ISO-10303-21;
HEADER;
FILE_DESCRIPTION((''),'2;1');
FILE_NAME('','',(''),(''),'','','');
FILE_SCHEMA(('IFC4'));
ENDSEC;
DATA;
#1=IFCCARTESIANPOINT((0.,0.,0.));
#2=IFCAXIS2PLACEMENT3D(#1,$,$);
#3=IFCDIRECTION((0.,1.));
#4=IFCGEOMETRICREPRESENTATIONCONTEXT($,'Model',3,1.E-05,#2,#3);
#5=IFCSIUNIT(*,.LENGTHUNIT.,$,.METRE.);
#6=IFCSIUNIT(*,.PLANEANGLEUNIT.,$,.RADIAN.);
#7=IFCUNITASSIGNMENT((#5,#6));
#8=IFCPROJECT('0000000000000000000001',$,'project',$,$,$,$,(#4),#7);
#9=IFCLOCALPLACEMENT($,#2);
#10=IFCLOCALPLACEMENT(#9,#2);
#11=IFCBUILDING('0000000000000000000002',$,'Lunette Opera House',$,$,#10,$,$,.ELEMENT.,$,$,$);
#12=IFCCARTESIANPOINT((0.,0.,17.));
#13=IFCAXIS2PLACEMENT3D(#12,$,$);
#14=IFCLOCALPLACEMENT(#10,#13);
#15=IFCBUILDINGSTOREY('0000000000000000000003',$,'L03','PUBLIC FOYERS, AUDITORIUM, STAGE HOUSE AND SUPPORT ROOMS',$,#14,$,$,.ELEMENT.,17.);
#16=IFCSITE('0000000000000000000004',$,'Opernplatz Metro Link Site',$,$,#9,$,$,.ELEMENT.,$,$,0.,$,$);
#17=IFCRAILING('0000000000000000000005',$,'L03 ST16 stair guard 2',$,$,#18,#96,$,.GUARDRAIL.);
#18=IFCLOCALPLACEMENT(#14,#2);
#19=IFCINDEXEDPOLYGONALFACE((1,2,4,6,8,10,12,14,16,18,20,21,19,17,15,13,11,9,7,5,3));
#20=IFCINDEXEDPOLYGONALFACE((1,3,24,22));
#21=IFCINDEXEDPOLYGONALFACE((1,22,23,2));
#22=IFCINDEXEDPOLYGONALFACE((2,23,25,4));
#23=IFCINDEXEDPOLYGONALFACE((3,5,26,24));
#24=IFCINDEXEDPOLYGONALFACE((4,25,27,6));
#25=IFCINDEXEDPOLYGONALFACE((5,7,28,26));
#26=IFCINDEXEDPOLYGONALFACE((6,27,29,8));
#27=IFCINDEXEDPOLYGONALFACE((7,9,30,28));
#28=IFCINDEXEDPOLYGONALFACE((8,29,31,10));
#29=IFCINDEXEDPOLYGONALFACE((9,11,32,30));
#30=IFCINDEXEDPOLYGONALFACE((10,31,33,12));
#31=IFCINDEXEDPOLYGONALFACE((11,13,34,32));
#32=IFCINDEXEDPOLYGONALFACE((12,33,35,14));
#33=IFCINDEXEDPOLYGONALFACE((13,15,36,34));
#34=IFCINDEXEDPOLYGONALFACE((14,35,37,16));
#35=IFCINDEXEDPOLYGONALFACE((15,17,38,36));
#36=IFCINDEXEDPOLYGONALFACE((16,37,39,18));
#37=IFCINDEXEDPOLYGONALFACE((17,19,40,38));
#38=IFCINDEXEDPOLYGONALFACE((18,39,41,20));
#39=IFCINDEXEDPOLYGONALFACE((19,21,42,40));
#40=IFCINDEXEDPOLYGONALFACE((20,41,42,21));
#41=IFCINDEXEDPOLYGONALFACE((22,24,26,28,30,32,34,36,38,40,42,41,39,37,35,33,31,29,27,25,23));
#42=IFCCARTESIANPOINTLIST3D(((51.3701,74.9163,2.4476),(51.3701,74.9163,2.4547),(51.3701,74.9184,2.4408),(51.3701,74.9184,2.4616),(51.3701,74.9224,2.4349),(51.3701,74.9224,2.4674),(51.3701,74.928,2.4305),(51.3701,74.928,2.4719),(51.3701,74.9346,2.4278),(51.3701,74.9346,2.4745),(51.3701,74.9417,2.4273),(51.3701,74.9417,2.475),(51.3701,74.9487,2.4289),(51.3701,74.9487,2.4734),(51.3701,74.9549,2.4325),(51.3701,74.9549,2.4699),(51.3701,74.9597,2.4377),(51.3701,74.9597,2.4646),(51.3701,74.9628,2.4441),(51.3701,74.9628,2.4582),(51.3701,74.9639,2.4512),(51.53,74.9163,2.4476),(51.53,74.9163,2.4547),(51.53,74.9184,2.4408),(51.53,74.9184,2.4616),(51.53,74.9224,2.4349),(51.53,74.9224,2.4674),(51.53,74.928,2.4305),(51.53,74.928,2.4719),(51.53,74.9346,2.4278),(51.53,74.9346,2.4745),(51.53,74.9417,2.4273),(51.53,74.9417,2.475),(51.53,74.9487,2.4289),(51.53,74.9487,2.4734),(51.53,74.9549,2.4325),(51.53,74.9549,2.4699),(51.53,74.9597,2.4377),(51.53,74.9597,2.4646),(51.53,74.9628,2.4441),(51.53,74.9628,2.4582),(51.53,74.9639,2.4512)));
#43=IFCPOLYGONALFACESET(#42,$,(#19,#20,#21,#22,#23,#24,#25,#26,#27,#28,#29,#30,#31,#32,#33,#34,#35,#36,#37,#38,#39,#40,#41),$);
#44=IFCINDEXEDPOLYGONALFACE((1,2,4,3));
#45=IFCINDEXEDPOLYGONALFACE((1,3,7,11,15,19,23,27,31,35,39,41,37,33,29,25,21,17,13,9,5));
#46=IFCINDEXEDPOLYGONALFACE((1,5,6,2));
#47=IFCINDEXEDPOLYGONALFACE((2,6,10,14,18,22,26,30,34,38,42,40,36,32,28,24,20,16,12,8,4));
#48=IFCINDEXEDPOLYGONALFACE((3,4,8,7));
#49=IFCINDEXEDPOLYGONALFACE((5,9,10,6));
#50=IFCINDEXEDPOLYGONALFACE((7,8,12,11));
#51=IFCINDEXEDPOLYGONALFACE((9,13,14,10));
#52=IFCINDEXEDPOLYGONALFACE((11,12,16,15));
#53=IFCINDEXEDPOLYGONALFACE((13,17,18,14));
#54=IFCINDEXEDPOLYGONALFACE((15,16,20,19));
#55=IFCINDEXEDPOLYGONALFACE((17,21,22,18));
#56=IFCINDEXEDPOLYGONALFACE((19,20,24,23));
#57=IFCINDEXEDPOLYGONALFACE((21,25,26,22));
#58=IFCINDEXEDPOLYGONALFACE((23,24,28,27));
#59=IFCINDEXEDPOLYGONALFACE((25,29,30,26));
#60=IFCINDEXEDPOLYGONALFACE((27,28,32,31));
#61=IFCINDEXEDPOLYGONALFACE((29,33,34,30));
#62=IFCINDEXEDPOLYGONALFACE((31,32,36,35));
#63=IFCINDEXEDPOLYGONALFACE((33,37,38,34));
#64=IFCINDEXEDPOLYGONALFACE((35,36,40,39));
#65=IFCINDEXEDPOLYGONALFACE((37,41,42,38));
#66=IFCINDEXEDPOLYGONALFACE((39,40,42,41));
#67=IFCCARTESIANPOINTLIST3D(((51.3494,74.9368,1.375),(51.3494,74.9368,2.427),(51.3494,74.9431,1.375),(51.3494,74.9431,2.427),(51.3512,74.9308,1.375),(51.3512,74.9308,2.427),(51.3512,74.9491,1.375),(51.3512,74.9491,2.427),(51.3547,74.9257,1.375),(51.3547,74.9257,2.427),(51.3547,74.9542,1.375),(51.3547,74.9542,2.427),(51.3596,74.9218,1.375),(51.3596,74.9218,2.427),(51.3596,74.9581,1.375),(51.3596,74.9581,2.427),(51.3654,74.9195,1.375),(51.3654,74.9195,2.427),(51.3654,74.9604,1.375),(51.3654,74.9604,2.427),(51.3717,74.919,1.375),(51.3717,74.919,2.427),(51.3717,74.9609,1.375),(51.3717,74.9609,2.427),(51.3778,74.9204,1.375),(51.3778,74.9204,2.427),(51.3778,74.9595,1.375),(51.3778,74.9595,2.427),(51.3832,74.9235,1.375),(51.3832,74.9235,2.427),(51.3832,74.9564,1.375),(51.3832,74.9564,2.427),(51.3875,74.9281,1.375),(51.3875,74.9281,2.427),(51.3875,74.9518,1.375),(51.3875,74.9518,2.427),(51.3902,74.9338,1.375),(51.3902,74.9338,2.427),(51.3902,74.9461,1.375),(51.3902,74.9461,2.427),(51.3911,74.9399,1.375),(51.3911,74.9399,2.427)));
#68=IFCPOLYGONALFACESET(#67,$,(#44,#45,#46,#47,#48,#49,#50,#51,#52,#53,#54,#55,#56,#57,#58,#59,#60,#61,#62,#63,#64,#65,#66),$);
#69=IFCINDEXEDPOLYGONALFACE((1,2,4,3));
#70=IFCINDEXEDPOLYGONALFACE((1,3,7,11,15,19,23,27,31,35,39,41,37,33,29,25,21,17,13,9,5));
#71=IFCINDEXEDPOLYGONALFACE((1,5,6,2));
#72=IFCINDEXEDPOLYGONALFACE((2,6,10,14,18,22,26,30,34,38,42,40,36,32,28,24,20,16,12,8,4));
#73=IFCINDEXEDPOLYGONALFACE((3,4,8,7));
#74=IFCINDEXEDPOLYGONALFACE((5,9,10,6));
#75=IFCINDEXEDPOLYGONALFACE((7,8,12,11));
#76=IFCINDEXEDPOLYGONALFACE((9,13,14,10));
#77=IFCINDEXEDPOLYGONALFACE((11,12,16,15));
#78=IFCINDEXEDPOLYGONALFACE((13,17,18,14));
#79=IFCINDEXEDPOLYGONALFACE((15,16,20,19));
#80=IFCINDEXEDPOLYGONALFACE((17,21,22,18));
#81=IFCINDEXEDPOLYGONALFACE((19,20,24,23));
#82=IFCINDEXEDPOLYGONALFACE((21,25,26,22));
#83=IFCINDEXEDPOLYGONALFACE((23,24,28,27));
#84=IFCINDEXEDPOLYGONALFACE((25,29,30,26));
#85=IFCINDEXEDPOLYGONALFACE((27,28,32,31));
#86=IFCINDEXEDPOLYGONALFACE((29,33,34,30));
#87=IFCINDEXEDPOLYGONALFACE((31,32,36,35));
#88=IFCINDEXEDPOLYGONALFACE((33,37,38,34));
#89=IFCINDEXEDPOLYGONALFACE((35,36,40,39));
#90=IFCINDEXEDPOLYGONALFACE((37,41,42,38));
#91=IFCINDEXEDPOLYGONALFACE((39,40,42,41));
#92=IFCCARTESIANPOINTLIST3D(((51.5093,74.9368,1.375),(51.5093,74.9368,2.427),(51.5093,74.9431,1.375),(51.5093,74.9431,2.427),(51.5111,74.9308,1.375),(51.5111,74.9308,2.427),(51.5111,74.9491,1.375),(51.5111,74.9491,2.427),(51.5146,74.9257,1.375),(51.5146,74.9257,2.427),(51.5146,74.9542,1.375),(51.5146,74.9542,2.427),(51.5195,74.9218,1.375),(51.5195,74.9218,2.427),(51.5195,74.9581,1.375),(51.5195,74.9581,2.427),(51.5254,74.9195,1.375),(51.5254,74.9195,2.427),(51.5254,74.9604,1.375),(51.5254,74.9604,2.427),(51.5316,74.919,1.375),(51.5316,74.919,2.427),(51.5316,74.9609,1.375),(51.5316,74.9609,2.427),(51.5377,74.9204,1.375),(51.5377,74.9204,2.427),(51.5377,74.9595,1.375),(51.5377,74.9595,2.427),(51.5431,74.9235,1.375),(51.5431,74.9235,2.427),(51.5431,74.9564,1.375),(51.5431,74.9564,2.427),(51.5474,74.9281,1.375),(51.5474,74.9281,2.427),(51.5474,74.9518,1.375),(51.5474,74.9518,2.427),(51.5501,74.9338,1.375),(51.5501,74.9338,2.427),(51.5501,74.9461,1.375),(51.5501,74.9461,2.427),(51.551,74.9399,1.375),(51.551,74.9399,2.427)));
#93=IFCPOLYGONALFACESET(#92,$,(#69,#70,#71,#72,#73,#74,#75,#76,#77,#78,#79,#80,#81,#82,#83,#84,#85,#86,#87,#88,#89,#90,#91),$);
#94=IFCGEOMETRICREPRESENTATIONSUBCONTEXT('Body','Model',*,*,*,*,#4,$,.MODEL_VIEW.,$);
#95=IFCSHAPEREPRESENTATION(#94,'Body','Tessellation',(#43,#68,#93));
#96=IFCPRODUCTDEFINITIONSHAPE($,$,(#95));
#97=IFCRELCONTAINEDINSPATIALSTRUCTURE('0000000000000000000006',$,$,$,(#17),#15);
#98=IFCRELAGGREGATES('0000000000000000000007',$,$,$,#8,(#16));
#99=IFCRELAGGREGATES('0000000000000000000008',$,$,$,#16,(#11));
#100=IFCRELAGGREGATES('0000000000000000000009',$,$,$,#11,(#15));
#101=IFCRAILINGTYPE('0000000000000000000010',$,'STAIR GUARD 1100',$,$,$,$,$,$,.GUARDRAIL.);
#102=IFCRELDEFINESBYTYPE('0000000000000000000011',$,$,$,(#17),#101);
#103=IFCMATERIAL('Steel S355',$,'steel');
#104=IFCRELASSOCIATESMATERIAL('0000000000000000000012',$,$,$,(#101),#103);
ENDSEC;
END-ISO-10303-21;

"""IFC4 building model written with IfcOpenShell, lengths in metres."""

from ifc_helpers import new_model, si_unit, direction, frame, origin, origin_2d, place, context, subcontext, project, spatial, circle, extrude, material, type_object, element, save


model = new_model("IFC4")

# Units and contexts
model_context = context("Model", 3, precision=1e-05, world=origin(), true_north=direction((0.0, 1.0)))
body_context = subcontext(model_context, "Body", "Model", "MODEL_VIEW")
ifc_project = project(units=[si_unit("LENGTHUNIT", "METRE"), si_unit("PLANEANGLEUNIT", "RADIAN")], contexts=[model_context])

# Site, building, storey
site_placement = place(None, origin())
site = spatial("IfcSite", under=ifc_project, at=site_placement, Name="Opernplatz Metro Link Site", CompositionType="ELEMENT", RefElevation=0.0)
building_placement = place(site_placement, origin())
building = spatial("IfcBuilding", under=site, at=building_placement, Name="Lunette Opera House", CompositionType="ELEMENT")
storey_placement = place(building_placement, frame((0.0, 0.0, 17.0)))
storey = spatial("IfcBuildingStorey", under=building, at=storey_placement, Name="L03", Description="PUBLIC FOYERS, AUDITORIUM, STAGE HOUSE AND SUPPORT ROOMS", CompositionType="ELEMENT", Elevation=17.0)

# Railing
ifc_material_1 = material(Name="Steel S355", Category="steel")
railing_type_1 = type_object("IfcRailingType", Name="STAIR GUARD 1100", PredefinedType="GUARDRAIL", material=ifc_material_1)
railing_1_placement = place(storey_placement, frame((51.3701, 74.9399, 1.375)))
element("IfcRailing", 1, at=railing_1_placement, inside=storey, type_object=railing_type_1, Name="L03 ST16 stair guard 2", PredefinedType="GUARDRAIL", context=body_context, shape_type="SweptSolid", body=[
    extrude(circle(Radius=0.0239, at=origin_2d()), frame((0.0, 0.0, 1.0762), z_axis=(1.0, 0.0, 0.0), x_axis=(0.0, 1.0, 0.0)), (0.0, 0.0, 1.0), 0.1599),
    extrude(circle(Radius=0.021, at=origin_2d()), origin(), (0.0, 0.0, 1.0), 1.052),
    extrude(circle(Radius=0.021, at=origin_2d()), frame((0.1599, 0.0, 0.0)), (0.0, 0.0, 1.0), 1.052),
])

save(model, "model.ifc")
